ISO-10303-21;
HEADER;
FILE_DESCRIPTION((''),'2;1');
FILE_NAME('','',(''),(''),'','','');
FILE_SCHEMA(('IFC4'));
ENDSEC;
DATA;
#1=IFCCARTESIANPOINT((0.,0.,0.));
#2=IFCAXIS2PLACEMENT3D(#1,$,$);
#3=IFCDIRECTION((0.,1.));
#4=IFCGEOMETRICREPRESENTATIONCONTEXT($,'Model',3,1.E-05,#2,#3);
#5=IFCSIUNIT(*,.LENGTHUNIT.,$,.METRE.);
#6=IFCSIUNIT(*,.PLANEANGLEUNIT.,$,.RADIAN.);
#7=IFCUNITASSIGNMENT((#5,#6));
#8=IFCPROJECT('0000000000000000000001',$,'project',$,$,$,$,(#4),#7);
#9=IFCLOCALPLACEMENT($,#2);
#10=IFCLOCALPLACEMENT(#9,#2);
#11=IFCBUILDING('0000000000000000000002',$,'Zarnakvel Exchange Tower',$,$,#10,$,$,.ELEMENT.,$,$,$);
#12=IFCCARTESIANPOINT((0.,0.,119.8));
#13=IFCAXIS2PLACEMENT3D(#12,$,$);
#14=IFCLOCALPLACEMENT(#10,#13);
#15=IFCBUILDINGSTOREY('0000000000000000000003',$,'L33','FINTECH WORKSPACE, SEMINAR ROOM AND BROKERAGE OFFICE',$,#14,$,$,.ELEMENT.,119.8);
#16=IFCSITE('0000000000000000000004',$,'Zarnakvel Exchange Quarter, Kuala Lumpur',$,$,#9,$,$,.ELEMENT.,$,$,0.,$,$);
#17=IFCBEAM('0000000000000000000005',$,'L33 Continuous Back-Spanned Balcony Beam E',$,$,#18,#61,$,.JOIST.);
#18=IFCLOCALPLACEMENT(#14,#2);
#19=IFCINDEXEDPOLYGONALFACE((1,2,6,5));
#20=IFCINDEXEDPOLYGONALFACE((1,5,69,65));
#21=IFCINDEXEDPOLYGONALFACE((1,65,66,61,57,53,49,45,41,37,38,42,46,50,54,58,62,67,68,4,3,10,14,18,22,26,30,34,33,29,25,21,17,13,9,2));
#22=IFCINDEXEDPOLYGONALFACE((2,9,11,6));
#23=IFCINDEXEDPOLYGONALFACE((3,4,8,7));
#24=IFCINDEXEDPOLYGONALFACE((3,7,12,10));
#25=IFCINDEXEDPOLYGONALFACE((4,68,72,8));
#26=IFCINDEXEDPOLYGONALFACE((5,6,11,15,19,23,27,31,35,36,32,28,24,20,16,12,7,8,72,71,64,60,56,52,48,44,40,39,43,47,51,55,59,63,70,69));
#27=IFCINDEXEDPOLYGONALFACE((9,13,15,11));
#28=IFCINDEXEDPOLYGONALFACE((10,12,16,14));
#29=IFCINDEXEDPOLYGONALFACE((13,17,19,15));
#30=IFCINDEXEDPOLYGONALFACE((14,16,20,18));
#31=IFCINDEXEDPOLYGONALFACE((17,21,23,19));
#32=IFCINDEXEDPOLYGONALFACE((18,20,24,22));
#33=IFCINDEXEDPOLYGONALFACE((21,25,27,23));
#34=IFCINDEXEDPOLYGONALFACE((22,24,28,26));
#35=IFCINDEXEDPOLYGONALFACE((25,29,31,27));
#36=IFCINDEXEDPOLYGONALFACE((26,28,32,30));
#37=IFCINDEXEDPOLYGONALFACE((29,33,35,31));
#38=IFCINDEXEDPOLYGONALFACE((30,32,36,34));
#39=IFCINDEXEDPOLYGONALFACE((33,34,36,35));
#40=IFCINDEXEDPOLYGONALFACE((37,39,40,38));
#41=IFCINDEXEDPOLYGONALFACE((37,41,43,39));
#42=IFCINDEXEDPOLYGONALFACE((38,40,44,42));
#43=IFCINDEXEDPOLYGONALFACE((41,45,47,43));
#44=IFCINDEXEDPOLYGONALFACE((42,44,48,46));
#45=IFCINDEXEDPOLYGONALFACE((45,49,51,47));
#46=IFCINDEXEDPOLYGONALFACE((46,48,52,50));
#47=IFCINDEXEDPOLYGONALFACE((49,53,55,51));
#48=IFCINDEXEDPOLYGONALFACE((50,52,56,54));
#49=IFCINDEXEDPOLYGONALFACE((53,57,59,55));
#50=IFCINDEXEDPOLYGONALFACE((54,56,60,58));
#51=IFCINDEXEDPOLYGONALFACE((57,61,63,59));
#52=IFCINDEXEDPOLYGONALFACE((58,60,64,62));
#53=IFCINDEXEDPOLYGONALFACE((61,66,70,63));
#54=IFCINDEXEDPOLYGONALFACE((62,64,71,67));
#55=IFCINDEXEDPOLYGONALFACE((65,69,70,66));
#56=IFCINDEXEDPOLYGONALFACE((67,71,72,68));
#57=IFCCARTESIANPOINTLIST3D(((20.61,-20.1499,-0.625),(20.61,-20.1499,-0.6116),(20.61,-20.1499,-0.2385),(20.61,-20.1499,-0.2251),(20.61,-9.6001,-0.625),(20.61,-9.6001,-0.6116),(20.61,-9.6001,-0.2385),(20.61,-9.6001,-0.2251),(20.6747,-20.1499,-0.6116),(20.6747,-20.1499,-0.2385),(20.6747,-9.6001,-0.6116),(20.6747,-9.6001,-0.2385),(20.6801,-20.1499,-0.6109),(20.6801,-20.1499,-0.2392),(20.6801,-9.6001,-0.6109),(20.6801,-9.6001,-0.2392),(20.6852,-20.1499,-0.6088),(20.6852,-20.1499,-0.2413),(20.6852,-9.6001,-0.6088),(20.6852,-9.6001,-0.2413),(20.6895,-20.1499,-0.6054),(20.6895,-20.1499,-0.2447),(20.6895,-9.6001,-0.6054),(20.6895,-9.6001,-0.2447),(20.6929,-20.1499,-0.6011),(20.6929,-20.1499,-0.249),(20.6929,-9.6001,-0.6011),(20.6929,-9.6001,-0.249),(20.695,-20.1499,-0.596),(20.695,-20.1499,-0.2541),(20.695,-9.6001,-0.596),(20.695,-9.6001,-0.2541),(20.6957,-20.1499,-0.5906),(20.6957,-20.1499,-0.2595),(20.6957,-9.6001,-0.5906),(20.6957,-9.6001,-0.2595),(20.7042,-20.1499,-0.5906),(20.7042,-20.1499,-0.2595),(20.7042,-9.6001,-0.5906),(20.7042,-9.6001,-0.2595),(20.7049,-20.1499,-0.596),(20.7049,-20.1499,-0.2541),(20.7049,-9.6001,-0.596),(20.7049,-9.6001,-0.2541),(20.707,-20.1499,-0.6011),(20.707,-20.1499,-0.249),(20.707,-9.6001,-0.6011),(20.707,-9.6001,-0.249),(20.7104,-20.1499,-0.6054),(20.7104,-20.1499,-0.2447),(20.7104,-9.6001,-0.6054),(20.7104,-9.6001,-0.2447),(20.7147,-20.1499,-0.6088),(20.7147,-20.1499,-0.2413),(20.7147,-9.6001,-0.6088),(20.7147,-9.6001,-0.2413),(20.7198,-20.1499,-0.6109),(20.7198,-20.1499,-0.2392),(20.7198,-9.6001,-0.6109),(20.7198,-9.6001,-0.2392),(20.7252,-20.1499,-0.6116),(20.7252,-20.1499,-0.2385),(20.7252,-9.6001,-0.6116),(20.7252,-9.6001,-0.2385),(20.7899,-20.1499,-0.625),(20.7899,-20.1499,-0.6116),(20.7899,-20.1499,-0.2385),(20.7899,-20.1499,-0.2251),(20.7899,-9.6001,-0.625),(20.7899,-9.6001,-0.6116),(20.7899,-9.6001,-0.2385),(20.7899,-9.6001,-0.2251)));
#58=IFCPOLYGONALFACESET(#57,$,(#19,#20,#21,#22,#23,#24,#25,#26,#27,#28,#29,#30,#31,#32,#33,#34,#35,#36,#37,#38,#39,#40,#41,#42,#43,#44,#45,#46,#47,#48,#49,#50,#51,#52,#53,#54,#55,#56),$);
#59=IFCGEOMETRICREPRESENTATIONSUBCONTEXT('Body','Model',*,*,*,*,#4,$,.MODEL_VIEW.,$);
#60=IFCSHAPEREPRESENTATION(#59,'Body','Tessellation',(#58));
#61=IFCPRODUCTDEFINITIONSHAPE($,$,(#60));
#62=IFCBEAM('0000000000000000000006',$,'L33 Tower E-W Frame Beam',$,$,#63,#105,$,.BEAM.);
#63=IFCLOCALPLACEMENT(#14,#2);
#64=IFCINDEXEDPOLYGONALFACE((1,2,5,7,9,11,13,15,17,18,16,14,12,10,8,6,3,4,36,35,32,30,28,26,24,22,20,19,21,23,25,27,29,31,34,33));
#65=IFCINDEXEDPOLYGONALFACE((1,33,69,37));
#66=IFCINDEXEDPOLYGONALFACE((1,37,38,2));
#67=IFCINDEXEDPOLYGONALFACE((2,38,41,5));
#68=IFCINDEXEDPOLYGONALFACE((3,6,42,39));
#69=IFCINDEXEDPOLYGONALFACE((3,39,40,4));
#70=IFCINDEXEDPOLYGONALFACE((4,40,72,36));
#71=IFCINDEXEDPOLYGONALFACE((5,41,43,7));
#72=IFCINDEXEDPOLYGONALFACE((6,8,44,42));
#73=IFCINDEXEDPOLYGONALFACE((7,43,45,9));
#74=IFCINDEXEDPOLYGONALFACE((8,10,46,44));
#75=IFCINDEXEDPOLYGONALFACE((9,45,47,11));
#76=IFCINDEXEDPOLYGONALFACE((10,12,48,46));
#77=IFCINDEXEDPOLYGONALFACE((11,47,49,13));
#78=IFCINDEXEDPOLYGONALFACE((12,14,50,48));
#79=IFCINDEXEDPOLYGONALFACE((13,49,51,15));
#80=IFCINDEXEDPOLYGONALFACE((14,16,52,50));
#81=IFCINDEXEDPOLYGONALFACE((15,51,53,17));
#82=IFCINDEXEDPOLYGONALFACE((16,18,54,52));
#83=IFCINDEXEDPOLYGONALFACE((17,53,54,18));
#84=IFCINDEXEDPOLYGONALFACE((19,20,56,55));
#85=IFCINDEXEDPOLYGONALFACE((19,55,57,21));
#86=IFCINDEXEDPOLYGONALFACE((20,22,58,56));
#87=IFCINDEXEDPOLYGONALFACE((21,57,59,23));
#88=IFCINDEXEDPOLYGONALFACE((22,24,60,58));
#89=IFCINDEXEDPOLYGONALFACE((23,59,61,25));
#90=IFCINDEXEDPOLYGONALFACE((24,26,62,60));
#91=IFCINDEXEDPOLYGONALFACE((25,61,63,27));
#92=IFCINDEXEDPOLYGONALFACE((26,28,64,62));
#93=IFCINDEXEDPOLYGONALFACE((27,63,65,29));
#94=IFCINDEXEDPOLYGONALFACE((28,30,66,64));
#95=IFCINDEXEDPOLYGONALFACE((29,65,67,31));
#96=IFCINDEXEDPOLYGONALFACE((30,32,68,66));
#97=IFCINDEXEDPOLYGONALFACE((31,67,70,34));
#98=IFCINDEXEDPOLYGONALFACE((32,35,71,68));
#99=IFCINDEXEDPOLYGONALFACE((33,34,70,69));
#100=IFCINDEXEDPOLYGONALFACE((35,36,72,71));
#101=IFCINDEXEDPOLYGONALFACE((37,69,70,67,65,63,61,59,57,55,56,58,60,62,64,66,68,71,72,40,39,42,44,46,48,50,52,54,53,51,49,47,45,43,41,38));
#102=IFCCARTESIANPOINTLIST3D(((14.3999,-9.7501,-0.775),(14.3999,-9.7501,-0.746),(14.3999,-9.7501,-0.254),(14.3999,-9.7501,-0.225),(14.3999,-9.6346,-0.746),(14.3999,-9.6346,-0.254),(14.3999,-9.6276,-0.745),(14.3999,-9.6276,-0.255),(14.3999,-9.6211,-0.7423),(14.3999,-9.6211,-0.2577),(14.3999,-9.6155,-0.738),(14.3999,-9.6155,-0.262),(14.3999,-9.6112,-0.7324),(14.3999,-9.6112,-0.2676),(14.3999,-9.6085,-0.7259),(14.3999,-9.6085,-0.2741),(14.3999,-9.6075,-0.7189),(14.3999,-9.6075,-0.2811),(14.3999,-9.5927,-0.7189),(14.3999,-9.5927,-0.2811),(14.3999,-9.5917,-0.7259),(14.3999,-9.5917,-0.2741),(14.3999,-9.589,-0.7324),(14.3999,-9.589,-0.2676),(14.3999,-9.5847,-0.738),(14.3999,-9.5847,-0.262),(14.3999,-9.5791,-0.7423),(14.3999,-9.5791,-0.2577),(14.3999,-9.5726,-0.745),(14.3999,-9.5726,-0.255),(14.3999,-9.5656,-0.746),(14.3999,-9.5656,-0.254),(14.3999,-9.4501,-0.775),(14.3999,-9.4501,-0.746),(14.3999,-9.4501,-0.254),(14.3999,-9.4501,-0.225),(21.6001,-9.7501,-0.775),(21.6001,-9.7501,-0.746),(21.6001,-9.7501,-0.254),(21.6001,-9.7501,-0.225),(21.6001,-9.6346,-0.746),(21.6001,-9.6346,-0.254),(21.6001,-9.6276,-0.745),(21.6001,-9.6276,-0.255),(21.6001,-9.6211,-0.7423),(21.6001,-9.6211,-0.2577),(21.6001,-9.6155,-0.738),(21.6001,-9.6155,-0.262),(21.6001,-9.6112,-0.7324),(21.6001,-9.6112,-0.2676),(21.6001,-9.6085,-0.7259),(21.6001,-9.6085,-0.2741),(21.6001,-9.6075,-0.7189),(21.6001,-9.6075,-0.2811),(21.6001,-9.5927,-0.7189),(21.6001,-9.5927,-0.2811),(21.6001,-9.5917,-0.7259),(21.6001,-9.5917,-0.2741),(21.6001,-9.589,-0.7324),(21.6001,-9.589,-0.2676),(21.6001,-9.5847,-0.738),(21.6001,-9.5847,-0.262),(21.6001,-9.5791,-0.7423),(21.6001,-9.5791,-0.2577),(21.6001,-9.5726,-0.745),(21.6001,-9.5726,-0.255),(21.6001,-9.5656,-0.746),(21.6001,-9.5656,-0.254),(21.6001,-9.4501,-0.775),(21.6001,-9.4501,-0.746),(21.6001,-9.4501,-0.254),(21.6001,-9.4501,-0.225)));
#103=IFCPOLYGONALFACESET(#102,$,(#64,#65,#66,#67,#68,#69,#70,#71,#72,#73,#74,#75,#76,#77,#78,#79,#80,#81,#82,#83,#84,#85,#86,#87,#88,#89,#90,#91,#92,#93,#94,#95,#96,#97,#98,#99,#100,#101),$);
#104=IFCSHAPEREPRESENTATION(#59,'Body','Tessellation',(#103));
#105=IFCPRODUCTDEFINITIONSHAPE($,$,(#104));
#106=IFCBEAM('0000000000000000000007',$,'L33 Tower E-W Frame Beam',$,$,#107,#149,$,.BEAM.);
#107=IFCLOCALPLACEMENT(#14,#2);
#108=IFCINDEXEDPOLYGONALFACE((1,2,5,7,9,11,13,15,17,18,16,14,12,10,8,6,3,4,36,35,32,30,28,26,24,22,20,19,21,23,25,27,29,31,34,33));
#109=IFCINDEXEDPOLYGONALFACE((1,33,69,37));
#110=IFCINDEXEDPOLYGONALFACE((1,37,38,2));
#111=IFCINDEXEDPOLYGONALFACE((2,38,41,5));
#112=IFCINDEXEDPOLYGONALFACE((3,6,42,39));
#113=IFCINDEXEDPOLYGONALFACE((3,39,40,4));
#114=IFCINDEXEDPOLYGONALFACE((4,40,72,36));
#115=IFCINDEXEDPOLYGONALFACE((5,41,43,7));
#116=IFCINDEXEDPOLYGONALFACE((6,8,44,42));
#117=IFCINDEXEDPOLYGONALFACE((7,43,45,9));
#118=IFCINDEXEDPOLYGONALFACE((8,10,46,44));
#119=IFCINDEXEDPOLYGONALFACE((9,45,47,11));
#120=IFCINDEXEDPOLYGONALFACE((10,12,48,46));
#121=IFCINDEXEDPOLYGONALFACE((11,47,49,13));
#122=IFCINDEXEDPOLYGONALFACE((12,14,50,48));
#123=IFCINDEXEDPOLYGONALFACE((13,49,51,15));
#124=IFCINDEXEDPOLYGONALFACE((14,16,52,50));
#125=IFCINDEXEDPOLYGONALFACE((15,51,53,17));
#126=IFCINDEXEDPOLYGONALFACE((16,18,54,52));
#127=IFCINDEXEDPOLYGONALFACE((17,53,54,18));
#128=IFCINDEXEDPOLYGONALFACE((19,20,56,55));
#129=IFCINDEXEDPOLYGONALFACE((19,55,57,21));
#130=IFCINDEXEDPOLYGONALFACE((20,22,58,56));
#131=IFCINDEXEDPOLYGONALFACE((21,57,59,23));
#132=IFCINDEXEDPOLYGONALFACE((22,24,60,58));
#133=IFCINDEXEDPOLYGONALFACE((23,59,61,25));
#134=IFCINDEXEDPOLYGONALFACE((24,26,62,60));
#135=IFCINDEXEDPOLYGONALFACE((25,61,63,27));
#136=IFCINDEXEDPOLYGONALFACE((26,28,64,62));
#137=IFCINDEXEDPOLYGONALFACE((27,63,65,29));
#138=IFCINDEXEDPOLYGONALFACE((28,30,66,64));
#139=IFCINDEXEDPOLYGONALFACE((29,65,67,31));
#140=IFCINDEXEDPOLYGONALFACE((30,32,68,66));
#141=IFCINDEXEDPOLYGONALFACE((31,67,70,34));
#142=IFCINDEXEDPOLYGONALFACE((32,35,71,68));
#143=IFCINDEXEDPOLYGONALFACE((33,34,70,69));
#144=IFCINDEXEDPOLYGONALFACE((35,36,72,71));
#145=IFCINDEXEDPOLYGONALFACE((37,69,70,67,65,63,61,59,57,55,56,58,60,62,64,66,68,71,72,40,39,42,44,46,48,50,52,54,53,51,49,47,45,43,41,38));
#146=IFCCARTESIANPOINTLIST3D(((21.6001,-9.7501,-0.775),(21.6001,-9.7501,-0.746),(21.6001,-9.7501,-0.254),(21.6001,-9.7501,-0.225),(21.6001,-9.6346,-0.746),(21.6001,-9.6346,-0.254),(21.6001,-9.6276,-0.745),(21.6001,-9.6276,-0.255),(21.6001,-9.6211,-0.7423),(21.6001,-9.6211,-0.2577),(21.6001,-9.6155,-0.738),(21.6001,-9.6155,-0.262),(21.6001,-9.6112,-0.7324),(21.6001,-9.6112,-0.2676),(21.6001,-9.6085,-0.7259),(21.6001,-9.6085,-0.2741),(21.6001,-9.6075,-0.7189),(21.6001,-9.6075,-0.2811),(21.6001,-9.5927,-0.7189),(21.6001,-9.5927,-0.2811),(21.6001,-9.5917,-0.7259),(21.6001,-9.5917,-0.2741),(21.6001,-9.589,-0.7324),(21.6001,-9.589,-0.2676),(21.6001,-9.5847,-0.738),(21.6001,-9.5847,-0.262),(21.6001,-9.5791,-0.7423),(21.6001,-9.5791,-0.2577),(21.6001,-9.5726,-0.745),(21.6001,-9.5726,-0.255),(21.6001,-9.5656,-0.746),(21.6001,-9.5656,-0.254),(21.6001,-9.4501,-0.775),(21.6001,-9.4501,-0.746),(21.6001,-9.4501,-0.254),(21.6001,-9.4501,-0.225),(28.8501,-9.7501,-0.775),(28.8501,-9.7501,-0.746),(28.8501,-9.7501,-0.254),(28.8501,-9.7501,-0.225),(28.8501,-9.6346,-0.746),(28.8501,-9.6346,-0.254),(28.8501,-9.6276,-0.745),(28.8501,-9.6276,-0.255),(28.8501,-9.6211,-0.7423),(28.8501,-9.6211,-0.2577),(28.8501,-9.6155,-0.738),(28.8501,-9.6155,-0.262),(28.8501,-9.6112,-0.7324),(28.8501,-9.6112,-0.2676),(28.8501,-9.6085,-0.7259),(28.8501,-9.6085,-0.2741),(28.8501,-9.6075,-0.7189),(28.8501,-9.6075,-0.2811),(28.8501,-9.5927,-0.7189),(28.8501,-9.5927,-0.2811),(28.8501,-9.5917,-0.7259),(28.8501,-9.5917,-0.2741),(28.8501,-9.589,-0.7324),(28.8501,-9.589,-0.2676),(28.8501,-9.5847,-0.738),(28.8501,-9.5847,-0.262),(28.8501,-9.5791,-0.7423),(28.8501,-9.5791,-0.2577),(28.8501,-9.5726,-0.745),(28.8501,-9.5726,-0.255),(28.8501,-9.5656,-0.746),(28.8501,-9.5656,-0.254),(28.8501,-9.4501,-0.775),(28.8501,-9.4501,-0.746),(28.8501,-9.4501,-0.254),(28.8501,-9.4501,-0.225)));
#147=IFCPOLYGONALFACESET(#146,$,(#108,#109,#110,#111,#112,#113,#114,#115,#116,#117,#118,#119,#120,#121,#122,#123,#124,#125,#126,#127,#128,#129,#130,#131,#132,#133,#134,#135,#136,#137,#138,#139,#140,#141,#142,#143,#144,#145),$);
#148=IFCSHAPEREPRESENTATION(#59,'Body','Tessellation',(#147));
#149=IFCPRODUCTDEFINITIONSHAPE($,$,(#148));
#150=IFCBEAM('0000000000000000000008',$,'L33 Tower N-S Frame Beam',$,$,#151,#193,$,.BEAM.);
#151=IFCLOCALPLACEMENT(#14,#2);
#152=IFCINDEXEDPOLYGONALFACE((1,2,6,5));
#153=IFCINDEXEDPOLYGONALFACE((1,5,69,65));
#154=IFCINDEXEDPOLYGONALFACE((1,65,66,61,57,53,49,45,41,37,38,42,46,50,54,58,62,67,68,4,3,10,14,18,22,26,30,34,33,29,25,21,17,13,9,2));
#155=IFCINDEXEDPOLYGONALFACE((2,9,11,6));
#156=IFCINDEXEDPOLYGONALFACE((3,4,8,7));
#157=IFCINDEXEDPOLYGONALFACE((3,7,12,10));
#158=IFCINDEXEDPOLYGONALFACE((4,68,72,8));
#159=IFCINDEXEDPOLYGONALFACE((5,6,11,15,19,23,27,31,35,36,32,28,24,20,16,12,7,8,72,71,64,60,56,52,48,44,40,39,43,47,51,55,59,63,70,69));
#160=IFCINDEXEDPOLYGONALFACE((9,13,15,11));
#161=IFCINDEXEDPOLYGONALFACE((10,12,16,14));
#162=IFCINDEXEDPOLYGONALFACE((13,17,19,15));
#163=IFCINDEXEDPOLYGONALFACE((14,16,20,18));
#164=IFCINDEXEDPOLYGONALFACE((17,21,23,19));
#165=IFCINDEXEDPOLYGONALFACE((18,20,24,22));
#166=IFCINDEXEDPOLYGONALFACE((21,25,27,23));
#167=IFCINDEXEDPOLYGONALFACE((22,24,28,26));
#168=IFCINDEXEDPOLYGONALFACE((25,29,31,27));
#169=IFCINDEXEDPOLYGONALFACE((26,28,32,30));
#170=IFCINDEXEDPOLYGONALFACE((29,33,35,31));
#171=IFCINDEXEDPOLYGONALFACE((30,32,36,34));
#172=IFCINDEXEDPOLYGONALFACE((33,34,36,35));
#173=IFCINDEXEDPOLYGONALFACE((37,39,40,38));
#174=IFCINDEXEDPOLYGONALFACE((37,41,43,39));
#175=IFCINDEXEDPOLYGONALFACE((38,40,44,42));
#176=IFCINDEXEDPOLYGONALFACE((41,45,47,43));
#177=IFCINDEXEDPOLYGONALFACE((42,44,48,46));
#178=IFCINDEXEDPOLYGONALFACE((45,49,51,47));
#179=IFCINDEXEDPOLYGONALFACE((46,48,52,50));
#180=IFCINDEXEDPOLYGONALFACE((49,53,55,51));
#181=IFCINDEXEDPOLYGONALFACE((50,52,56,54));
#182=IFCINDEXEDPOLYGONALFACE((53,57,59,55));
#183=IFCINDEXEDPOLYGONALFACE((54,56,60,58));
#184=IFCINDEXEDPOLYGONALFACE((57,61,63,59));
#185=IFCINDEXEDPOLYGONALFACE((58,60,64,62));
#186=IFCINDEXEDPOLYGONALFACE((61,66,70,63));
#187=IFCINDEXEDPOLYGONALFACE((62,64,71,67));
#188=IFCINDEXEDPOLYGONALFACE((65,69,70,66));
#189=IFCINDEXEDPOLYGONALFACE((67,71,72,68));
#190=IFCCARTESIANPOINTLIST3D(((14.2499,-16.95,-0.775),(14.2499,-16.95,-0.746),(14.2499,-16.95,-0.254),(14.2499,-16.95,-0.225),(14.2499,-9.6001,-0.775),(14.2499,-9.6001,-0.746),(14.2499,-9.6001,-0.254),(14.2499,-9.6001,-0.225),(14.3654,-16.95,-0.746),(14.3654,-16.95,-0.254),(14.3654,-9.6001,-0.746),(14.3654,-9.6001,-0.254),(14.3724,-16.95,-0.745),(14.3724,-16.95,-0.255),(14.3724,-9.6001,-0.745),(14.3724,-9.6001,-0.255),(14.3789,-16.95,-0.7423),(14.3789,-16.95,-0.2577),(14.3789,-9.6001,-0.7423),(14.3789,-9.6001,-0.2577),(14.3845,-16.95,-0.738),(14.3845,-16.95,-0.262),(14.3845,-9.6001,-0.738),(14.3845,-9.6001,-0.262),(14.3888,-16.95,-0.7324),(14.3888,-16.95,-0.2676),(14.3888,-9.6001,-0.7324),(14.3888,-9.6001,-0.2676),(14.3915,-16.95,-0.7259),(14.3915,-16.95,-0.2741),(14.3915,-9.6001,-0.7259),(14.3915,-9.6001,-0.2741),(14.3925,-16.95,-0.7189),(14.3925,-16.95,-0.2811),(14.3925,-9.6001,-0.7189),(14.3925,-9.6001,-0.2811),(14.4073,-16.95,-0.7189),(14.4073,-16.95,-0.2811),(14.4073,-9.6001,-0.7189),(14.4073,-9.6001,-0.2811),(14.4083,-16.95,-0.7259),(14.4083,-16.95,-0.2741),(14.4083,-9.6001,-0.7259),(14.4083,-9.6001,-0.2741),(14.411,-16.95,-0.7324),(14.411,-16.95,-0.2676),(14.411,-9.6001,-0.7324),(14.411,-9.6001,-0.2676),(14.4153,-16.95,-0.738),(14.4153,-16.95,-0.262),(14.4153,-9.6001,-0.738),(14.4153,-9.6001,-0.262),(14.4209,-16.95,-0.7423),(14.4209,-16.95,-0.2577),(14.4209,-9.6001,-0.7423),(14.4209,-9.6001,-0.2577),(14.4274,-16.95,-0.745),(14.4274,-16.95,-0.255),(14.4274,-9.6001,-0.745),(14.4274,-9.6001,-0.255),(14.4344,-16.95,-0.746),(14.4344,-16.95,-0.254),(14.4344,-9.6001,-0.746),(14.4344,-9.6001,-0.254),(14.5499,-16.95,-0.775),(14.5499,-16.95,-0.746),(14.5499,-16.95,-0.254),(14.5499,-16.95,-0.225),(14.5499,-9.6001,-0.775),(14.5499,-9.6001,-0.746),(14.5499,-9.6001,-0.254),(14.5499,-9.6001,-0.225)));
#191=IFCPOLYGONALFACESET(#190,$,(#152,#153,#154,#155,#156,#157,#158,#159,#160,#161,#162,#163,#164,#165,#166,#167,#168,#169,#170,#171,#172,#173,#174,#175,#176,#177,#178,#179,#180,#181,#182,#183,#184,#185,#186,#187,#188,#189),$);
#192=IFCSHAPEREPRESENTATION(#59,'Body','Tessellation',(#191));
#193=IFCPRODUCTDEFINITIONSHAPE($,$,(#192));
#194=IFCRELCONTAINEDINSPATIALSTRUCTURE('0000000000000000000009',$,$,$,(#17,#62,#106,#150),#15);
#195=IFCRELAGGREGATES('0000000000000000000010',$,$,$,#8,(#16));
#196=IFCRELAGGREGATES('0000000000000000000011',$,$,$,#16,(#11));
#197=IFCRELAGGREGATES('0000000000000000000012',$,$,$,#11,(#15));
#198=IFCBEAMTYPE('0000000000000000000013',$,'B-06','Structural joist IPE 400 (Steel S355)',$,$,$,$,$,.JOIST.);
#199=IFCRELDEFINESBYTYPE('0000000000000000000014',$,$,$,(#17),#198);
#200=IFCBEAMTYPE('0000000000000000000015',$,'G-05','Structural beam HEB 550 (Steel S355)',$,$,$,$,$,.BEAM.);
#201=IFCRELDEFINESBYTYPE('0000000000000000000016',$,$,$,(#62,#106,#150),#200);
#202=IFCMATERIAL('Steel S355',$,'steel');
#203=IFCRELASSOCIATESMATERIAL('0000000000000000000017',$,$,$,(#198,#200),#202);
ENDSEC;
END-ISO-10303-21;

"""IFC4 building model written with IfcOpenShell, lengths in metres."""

from ifc_helpers import new_model, si_unit, direction, frame, origin, origin_2d, place, context, subcontext, project, spatial, i_section, extrude, material, material_profile, profile_set, type_object, element, save


model = new_model("IFC4")

# Units and contexts
model_context = context("Model", 3, precision=1e-05, world=origin(), true_north=direction((0.0, 1.0)))
body_context = subcontext(model_context, "Body", "Model", "MODEL_VIEW")
ifc_project = project(units=[si_unit("LENGTHUNIT", "METRE"), si_unit("PLANEANGLEUNIT", "RADIAN")], contexts=[model_context])

# Site, building, storey
site_placement = place(None, origin())
site = spatial("IfcSite", under=ifc_project, at=site_placement, Name="Zarnakvel Exchange Quarter, Kuala Lumpur", CompositionType="ELEMENT", RefElevation=0.0)
building_placement = place(site_placement, origin())
building = spatial("IfcBuilding", under=site, at=building_placement, Name="Zarnakvel Exchange Tower", CompositionType="ELEMENT")
storey_placement = place(building_placement, frame((0.0, 0.0, 119.8)))
storey = spatial("IfcBuildingStorey", under=building, at=storey_placement, Name="L33", Description="FINTECH WORKSPACE, SEMINAR ROOM AND BROKERAGE OFFICE", CompositionType="ELEMENT", Elevation=119.8)

# Shared definitions
ifc_material_1 = material(Name="Steel S355", Category="steel")

# Beams
ifc_material_profile_1 = material_profile(ifc_material_1, i_section(OverallWidth=0.1799, OverallDepth=0.3999, WebThickness=0.0085, FlangeThickness=0.0134, FilletRadius=0.021, at=origin_2d()))
ifc_profile_set_1 = profile_set([ifc_material_profile_1], Name="Steel S355")
beam_type_1 = type_object("IfcBeamType", Name="B-06", Description="Structural joist IPE 400 (Steel S355)", PredefinedType="JOIST", material=ifc_profile_set_1)
beam_1_placement = place(storey_placement, frame((20.7, -9.6001, -0.425), z_axis=(0.0, -1.0, 0.0), x_axis=(1.0, 0.0, 0.0)))
element("IfcBeam", 1, at=beam_1_placement, inside=storey, type_object=beam_type_1, Name="L33 Continuous Back-Spanned Balcony Beam E", PredefinedType="JOIST", context=body_context, shape_type="SweptSolid", body=[
    extrude(i_section(OverallWidth=0.1799, OverallDepth=0.3999, WebThickness=0.0085, FlangeThickness=0.0134, FilletRadius=0.021, at=origin_2d()), origin(), (0.0, 0.0, 1.0), 10.5498),
])
ifc_material_profile_2 = material_profile(ifc_material_1, i_section(OverallWidth=0.3, OverallDepth=0.55, WebThickness=0.0149, FlangeThickness=0.0291, FilletRadius=0.0271, at=origin_2d()))
ifc_profile_set_2 = profile_set([ifc_material_profile_2], Name="Steel S355")
beam_type_2 = type_object("IfcBeamType", Name="G-05", Description="Structural beam HEB 550 (Steel S355)", PredefinedType="BEAM", material=ifc_profile_set_2)
beam_2_placement = place(storey_placement, frame((14.3999, -9.6001, -0.5), z_axis=(1.0, 0.0, 0.0), x_axis=(0.0, 1.0, 0.0)))
element("IfcBeam", 2, at=beam_2_placement, inside=storey, type_object=beam_type_2, Name="L33 Tower E-W Frame Beam", PredefinedType="BEAM", context=body_context, shape_type="SweptSolid", body=[
    extrude(i_section(OverallWidth=0.3, OverallDepth=0.55, WebThickness=0.0149, FlangeThickness=0.0291, FilletRadius=0.0271, at=origin_2d()), origin(), (0.0, 0.0, 1.0), 7.2002),
])
beam_3_placement = place(storey_placement, frame((21.6001, -9.6001, -0.5), z_axis=(1.0, 0.0, 0.0), x_axis=(0.0, 1.0, 0.0)))
element("IfcBeam", 3, at=beam_3_placement, inside=storey, type_object=beam_type_2, Name="L33 Tower E-W Frame Beam", PredefinedType="BEAM", context=body_context, shape_type="SweptSolid", body=[
    extrude(i_section(OverallWidth=0.3, OverallDepth=0.55, WebThickness=0.0149, FlangeThickness=0.0291, FilletRadius=0.0271, at=origin_2d()), origin(), (0.0, 0.0, 1.0), 7.25),
])
beam_4_placement = place(storey_placement, frame((14.3999, -16.95, -0.5), z_axis=(0.0, 1.0, 0.0), x_axis=(-1.0, 0.0, 0.0)))
element("IfcBeam", 4, at=beam_4_placement, inside=storey, type_object=beam_type_2, Name="L33 Tower N-S Frame Beam", PredefinedType="BEAM", context=body_context, shape_type="SweptSolid", body=[
    extrude(i_section(OverallWidth=0.3, OverallDepth=0.55, WebThickness=0.0149, FlangeThickness=0.0291, FilletRadius=0.0271, at=origin_2d()), origin(), (0.0, 0.0, 1.0), 7.3499),
])

save(model, "model.ifc")
